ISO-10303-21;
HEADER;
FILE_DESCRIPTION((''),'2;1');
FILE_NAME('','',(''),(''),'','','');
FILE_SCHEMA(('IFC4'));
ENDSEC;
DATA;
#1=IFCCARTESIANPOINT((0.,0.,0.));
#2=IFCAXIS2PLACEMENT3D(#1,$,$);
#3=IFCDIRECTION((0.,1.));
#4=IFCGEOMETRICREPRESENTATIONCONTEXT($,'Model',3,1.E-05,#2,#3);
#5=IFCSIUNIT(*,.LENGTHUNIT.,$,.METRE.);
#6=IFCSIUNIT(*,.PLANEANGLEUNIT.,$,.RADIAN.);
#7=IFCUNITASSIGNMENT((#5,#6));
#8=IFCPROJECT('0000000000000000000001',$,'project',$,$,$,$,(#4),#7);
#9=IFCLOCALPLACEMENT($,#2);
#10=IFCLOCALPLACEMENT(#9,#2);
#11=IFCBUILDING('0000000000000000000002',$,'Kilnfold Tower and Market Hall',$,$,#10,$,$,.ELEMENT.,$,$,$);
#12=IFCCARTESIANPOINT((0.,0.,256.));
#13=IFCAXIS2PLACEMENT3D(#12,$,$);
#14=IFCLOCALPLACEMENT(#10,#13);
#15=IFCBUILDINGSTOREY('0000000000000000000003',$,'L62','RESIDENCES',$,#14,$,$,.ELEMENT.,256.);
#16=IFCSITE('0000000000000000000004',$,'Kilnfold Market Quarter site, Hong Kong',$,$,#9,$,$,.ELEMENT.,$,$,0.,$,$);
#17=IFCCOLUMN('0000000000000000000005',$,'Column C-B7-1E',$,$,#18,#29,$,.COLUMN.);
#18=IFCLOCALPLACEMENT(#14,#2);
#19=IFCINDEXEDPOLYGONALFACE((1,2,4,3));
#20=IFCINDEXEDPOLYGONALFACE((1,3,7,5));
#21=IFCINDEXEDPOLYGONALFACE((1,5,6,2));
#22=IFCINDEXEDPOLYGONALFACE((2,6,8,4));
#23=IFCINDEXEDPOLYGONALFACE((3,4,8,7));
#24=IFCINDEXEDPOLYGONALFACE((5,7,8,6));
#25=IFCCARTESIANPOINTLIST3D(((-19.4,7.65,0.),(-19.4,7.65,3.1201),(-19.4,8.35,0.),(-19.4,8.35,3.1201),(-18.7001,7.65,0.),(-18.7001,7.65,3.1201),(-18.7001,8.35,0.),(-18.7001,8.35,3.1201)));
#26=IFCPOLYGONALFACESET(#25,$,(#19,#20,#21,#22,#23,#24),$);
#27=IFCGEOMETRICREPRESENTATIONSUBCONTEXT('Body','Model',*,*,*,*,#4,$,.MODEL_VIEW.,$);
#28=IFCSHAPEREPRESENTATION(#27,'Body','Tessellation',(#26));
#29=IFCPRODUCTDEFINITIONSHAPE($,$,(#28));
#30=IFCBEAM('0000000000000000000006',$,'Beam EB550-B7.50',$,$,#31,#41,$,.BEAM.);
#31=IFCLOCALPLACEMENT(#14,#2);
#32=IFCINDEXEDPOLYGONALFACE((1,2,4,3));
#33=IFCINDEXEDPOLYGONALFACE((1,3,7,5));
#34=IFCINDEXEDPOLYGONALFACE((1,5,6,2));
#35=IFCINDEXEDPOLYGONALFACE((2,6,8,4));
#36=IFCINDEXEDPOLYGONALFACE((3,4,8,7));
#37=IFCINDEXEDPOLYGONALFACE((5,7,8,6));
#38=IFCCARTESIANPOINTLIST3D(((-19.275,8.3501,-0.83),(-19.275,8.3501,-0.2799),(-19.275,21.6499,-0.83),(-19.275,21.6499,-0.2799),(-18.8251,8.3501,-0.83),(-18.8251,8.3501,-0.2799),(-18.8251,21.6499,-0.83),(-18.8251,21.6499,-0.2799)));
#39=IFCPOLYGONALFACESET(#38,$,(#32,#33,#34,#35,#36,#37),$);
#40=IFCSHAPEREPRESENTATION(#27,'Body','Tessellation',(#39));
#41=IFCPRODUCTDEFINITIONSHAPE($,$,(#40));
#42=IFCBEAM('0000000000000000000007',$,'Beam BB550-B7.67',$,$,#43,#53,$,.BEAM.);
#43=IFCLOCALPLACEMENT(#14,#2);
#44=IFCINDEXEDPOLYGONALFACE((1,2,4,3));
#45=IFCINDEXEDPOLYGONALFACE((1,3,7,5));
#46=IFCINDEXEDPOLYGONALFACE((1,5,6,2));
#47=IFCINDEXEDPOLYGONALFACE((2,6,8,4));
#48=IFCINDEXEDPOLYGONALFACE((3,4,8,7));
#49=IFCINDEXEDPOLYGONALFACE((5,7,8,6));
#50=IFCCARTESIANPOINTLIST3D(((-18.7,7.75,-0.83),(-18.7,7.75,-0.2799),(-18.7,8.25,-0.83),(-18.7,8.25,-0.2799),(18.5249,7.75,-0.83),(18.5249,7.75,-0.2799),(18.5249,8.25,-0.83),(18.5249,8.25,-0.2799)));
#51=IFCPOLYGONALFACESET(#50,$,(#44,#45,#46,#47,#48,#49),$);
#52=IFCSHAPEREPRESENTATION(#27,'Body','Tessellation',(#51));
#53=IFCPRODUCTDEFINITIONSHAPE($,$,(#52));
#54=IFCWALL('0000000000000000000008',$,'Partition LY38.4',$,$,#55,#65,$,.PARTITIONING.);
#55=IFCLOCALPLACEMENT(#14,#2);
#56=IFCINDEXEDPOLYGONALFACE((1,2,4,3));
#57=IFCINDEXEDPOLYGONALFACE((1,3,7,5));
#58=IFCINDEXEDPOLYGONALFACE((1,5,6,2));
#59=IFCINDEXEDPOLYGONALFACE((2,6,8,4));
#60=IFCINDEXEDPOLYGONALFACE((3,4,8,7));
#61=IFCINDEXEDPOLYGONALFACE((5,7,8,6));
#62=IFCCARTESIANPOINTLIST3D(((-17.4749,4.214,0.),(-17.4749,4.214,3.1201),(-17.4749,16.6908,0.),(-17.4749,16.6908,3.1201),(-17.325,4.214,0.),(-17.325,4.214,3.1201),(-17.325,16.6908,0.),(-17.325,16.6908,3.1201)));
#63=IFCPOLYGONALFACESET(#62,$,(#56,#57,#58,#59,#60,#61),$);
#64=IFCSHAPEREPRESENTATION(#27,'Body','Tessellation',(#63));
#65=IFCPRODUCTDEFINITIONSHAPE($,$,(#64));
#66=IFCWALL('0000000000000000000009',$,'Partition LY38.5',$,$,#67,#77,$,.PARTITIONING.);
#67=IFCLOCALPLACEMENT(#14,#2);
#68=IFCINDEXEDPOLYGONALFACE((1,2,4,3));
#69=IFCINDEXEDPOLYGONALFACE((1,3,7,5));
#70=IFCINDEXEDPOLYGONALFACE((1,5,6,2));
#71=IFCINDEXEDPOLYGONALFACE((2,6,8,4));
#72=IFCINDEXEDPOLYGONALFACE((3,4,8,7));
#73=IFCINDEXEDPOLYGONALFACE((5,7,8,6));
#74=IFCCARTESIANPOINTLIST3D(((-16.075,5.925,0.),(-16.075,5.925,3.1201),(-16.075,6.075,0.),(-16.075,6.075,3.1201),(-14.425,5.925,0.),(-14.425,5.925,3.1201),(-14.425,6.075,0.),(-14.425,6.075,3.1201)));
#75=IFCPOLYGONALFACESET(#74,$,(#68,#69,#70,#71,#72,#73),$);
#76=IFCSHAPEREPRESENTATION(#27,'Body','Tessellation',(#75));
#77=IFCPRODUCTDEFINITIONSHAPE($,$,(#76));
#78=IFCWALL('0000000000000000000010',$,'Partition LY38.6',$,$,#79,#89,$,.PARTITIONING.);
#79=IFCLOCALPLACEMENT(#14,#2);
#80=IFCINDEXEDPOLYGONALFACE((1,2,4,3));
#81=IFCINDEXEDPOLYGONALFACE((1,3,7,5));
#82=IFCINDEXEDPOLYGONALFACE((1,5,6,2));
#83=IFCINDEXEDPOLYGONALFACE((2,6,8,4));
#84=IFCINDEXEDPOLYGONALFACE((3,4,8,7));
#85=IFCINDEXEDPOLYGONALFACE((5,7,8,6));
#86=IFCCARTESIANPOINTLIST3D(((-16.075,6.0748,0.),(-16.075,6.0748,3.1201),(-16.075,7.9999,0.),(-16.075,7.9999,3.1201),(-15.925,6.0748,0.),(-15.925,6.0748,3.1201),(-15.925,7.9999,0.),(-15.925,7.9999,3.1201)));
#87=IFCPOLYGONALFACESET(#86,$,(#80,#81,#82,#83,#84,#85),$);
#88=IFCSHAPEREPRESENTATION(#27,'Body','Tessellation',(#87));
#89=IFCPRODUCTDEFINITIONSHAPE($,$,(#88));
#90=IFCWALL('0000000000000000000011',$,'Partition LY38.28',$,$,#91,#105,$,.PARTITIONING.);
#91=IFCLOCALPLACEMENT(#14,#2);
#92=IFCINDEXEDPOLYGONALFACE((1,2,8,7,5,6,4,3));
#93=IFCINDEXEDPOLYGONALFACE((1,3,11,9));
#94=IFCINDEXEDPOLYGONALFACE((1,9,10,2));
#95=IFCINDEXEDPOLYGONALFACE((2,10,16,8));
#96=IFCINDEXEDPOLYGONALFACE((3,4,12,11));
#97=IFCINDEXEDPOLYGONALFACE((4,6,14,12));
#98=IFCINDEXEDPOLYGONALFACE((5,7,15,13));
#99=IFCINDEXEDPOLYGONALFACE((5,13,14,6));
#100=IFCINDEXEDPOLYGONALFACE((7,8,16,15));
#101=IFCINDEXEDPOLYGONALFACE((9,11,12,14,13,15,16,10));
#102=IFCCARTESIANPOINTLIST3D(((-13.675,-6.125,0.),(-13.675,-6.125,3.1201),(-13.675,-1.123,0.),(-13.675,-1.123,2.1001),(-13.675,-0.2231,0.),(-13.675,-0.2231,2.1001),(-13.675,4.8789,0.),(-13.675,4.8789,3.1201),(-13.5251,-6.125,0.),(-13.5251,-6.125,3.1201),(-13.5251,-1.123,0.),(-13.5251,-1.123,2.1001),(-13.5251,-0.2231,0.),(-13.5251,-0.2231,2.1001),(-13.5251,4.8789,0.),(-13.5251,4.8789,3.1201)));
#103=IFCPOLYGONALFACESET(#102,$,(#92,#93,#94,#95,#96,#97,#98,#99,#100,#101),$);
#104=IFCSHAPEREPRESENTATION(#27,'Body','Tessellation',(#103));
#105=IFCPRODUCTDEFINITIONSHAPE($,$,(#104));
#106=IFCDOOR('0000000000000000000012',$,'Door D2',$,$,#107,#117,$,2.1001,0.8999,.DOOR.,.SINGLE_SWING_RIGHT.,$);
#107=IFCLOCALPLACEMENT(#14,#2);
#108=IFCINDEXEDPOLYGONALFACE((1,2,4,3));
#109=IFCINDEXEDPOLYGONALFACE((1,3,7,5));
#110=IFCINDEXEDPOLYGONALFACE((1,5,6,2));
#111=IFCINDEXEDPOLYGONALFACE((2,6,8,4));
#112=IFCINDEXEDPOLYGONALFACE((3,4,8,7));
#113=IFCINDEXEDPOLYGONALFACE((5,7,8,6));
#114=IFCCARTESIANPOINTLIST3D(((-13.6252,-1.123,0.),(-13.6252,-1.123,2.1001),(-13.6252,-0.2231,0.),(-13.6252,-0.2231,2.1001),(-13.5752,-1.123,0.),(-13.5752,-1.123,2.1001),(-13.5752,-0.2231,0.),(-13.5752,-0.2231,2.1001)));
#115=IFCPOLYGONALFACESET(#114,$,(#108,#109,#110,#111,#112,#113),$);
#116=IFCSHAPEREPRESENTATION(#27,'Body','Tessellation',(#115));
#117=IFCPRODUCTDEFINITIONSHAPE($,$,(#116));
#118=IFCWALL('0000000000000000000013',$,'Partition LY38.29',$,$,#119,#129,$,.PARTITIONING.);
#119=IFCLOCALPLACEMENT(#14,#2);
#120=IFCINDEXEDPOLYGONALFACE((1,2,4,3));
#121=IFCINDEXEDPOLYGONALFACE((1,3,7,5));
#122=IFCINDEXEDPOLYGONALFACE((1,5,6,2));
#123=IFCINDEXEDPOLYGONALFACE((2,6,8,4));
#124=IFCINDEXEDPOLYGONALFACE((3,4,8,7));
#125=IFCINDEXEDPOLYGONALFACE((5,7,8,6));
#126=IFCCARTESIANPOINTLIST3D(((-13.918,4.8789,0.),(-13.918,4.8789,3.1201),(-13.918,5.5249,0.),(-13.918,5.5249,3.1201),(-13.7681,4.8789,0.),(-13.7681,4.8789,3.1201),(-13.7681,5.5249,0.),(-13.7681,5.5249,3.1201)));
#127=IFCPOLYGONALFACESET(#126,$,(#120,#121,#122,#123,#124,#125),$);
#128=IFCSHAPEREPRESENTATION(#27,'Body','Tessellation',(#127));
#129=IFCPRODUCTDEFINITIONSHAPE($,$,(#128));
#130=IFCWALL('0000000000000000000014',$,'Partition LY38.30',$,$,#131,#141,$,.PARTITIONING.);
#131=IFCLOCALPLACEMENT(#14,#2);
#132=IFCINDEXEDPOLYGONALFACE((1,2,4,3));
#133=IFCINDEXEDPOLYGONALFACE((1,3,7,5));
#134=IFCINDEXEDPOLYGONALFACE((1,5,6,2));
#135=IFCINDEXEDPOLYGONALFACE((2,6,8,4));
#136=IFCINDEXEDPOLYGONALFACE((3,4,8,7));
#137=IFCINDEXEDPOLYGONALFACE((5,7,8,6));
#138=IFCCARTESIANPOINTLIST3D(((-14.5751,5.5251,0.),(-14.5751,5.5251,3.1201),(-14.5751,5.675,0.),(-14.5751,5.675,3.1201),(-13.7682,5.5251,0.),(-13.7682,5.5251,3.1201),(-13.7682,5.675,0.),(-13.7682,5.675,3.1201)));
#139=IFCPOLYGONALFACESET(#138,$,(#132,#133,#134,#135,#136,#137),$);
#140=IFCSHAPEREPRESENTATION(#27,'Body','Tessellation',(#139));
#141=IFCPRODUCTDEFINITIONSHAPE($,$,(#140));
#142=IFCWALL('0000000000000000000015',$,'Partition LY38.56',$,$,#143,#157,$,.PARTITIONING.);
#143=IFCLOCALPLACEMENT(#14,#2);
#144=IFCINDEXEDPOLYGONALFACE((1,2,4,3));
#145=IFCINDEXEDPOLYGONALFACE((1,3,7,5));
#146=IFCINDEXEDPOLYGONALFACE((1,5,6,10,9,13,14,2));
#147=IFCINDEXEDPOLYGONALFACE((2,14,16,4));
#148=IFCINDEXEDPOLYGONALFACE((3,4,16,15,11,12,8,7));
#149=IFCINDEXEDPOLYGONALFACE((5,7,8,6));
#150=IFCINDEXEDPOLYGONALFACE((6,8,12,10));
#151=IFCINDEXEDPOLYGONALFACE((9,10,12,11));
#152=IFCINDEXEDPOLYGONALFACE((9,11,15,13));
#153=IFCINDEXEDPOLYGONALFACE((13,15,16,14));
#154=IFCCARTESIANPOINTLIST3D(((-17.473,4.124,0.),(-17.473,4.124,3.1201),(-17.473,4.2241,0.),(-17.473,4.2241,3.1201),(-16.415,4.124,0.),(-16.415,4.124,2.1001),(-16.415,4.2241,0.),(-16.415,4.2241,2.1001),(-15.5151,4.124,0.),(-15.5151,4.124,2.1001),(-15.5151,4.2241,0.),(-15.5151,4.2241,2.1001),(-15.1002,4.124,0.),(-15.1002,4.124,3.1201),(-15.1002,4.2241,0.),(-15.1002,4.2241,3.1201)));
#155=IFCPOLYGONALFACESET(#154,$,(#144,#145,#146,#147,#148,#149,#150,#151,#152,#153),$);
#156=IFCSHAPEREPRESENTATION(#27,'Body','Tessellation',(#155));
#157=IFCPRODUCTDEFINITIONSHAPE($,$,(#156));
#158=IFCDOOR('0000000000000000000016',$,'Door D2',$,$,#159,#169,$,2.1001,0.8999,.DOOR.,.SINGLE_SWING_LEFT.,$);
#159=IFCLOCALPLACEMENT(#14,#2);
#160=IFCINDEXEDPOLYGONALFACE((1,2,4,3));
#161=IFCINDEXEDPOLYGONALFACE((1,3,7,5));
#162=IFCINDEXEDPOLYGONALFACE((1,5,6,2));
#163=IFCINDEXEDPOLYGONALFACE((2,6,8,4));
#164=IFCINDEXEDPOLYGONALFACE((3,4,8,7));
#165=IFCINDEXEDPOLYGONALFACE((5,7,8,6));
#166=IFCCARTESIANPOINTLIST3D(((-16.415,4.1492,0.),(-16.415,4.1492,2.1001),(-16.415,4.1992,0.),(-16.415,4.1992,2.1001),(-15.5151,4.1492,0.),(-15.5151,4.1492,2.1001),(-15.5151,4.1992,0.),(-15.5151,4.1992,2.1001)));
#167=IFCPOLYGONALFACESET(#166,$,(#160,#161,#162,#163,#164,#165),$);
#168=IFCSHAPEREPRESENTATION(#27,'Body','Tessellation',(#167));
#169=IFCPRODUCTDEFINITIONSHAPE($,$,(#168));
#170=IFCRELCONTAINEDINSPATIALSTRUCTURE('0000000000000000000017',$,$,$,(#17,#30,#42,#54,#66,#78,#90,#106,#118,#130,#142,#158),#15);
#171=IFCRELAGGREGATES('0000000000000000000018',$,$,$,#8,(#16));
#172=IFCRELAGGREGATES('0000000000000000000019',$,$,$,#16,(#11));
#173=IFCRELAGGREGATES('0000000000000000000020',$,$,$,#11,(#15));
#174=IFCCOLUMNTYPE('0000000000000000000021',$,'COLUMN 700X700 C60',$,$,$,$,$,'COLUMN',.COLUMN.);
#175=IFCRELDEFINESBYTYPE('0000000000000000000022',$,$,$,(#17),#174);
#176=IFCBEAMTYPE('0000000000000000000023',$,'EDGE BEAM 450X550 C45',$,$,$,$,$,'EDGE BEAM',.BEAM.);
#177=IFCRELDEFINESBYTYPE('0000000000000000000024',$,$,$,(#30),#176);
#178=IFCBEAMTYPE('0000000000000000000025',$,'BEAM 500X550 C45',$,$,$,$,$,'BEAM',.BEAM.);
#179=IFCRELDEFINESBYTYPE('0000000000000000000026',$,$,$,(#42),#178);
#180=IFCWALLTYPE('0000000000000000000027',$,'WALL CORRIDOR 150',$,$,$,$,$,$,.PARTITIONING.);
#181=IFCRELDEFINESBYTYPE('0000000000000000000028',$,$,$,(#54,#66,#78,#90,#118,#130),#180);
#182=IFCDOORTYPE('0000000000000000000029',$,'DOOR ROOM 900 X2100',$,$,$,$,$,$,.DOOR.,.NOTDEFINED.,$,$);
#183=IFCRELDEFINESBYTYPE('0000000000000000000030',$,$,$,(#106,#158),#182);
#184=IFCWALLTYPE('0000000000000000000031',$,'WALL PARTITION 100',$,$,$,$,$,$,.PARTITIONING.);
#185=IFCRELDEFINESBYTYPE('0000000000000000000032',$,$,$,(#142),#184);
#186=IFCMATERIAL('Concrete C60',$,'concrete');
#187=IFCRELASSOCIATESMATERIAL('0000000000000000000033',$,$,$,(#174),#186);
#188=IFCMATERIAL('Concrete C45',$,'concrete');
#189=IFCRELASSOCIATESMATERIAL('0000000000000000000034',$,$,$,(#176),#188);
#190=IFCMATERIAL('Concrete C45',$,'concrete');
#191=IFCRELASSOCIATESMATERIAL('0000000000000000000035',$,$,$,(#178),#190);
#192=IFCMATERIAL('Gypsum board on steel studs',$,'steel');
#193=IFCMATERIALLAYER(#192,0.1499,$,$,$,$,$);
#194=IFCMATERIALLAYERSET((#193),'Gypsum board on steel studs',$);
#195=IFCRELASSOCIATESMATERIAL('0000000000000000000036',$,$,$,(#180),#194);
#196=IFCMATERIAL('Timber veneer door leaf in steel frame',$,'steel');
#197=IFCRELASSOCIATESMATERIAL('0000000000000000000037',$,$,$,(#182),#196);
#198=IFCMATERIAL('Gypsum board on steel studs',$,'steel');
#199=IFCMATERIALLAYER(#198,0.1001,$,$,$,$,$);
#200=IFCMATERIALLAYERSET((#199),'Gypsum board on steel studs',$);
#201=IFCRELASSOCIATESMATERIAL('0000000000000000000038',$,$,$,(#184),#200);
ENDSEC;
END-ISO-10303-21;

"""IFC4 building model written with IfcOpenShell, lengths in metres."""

from ifc_helpers import new_model, si_unit, direction, frame, frame_2d, origin, origin_2d, place, context, subcontext, project, spatial, rectangle, extrude, source, transform, mapped, material, layer, layer_set, material_profile, profile_set, type_object, element, fill, save


model = new_model("IFC4")

# Units and contexts
model_context = context("Model", 3, precision=1e-05, world=origin(), true_north=direction((0.0, 1.0)))
body_context = subcontext(model_context, "Body", "Model", "MODEL_VIEW")
ifc_project = project(units=[si_unit("LENGTHUNIT", "METRE"), si_unit("PLANEANGLEUNIT", "RADIAN")], contexts=[model_context])

# Site, building, storey
site_placement = place(None, origin())
site = spatial("IfcSite", under=ifc_project, at=site_placement, Name="Kilnfold Market Quarter site, Hong Kong", CompositionType="ELEMENT", RefElevation=0.0)
building_placement = place(site_placement, origin())
building = spatial("IfcBuilding", under=site, at=building_placement, Name="Kilnfold Tower and Market Hall", CompositionType="ELEMENT")
storey_placement = place(building_placement, frame((0.0, 0.0, 256.0)))
storey = spatial("IfcBuildingStorey", under=building, at=storey_placement, Name="L62", Description="RESIDENCES", CompositionType="ELEMENT", Elevation=256.0)

# Column
ifc_material_1 = material(Name="Concrete C60", Category="concrete")
ifc_material_profile_1 = material_profile(ifc_material_1, rectangle(XDim=0.7, YDim=0.7, at=origin_2d()), Name="RC 700x700")
ifc_profile_set_1 = profile_set([ifc_material_profile_1], Name="Concrete C60")
column_type = type_object("IfcColumnType", Name="COLUMN 700X700 C60", ElementType="COLUMN", PredefinedType="COLUMN", material=ifc_profile_set_1)
shared_shape_1 = source(origin(), body_context, "Body", "SweptSolid", [
    extrude(rectangle(XDim=0.7, YDim=0.7, at=origin_2d()), origin(), (0.0, 0.0, 1.0), 3.1201),
])
column_placement = place(storey_placement, frame((-19.05, 8.0, 0.0), z_axis=(0.0, 0.0, 1.0), x_axis=(1.0, 0.0, 0.0)))
element("IfcColumn", 1, at=column_placement, inside=storey, type_object=column_type, Name="Column C-B7-1E", PredefinedType="COLUMN", context=body_context, shape_type="MappedRepresentation", body=[
    mapped(shared_shape_1, transform((0.0, 0.0, 0.0))),
])

# Beams
ifc_material_2 = material(Name="Concrete C45", Category="concrete")
ifc_material_profile_2 = material_profile(ifc_material_2, rectangle(XDim=0.45, YDim=0.55, at=origin_2d()), Name="RC 450x550")
ifc_profile_set_2 = profile_set([ifc_material_profile_2], Name="Concrete C45")
beam_type_1 = type_object("IfcBeamType", Name="EDGE BEAM 450X550 C45", ElementType="EDGE BEAM", PredefinedType="BEAM", material=ifc_profile_set_2)
shared_shape_2 = source(origin(), body_context, "Body", "SweptSolid", [
    extrude(rectangle(XDim=0.45, YDim=0.55, at=origin_2d()), origin(), (0.0, 0.0, 1.0), 13.2998),
])
beam_1_placement = place(storey_placement, frame((-19.05, 8.3501, -0.5549), z_axis=(0.0, 1.0, 0.0), x_axis=(-1.0, 0.0, 0.0)))
element("IfcBeam", 2, at=beam_1_placement, inside=storey, type_object=beam_type_1, Name="Beam EB550-B7.50", PredefinedType="BEAM", context=body_context, shape_type="MappedRepresentation", body=[
    mapped(shared_shape_2, transform((0.0, 0.0, 0.0))),
])
ifc_material_3 = material(Name="Concrete C45", Category="concrete")
ifc_material_profile_3 = material_profile(ifc_material_3, rectangle(XDim=0.5, YDim=0.55, at=origin_2d()), Name="RC 500x550")
ifc_profile_set_3 = profile_set([ifc_material_profile_3], Name="Concrete C45")
beam_type_2 = type_object("IfcBeamType", Name="BEAM 500X550 C45", ElementType="BEAM", PredefinedType="BEAM", material=ifc_profile_set_3)
shared_shape_3 = source(origin(), body_context, "Body", "SweptSolid", [
    extrude(rectangle(XDim=0.5, YDim=0.55, at=origin_2d()), origin(), (0.0, 0.0, 1.0), 37.2249),
])
beam_2_placement = place(storey_placement, frame((-18.7, 8.0, -0.5549), z_axis=(1.0, 0.0, 0.0), x_axis=(0.0, 1.0, 0.0)))
element("IfcBeam", 3, at=beam_2_placement, inside=storey, type_object=beam_type_2, Name="Beam BB550-B7.67", PredefinedType="BEAM", context=body_context, shape_type="MappedRepresentation", body=[
    mapped(shared_shape_3, transform((0.0, 0.0, 0.0))),
])

# Walls
ifc_material_4 = material(Name="Gypsum board on steel studs", Category="steel")
ifc_layer_1 = layer(ifc_material_4, 0.1499)
ifc_layer_set_1 = layer_set([ifc_layer_1], Name="Gypsum board on steel studs")
wall_type_1 = type_object("IfcWallType", Name="WALL CORRIDOR 150", PredefinedType="PARTITIONING", material=ifc_layer_set_1)
wall_1_placement = place(storey_placement, frame((-17.3999, 4.2141, 0.0), z_axis=(0.0, 0.0, 1.0), x_axis=(0.0, 1.0, 0.0)))
element("IfcWall", 4, at=wall_1_placement, inside=storey, type_object=wall_type_1, Name="Partition LY38.4", PredefinedType="PARTITIONING", context=body_context, shape_type="SweptSolid", body=[
    extrude(rectangle(XDim=12.4768, YDim=0.1499, at=frame_2d((6.2383, 0.0))), origin(), (0.0, 0.0, 1.0), 3.1201),
])
wall_2_placement = place(storey_placement, frame((-16.075, 6.0, 0.0), z_axis=(0.0, 0.0, 1.0), x_axis=(1.0, 0.0, 0.0)))
element("IfcWall", 5, at=wall_2_placement, inside=storey, type_object=wall_type_1, Name="Partition LY38.5", PredefinedType="PARTITIONING", context=body_context, shape_type="SweptSolid", body=[
    extrude(rectangle(XDim=1.6499, YDim=0.1499, at=frame_2d((0.825, 0.0))), origin(), (0.0, 0.0, 1.0), 3.1201),
])
wall_3_placement = place(storey_placement, frame((-16.0, 6.075, 0.0), z_axis=(0.0, 0.0, 1.0), x_axis=(0.0, 1.0, 0.0)))
element("IfcWall", 6, at=wall_3_placement, inside=storey, type_object=wall_type_1, Name="Partition LY38.6", PredefinedType="PARTITIONING", context=body_context, shape_type="SweptSolid", body=[
    extrude(rectangle(XDim=1.925, YDim=0.1499, at=frame_2d((0.9624, 0.0))), origin(), (0.0, 0.0, 1.0), 3.1201),
])

# Wall, opening, door
wall_4_placement = place(storey_placement, frame((-13.6001, 4.8789, 0.0), z_axis=(0.0, 0.0, 1.0), x_axis=(0.0, -1.0, 0.0)))
wall_4 = element("IfcWall", 7, at=wall_4_placement, inside=storey, type_object=wall_type_1, Name="Partition LY38.28", PredefinedType="PARTITIONING", context=body_context, shape_type="SweptSolid", body=[
    extrude(rectangle(XDim=11.0039, YDim=0.1499, at=frame_2d((5.502, 0.0))), origin(), (0.0, 0.0, 1.0), 3.1201),
])
opening_1_placement = place(wall_4_placement, frame((5.1021, 0.0, 0.0)))
opening_1 = element("IfcOpeningElement", 8, at=opening_1_placement, cuts=wall_4, PredefinedType="OPENING", context=body_context, shape_type="SweptSolid", body=[
    extrude(rectangle(XDim=0.8999, YDim=2.1001, at=frame_2d((0.45, 1.05))), frame((0.0, 0.085, 0.0), z_axis=(0.0, -1.0, 0.0), x_axis=(1.0, 0.0, 0.0)), (0.0, 0.0, 1.0), 0.1699),
])
ifc_material_5 = material(Name="Timber veneer door leaf in steel frame", Category="steel")
door_type_1 = type_object("IfcDoorType", Name="DOOR ROOM 900 X2100", OperationType="NOTDEFINED", PredefinedType="DOOR", material=ifc_material_5)
door_1_placement = place(opening_1_placement, origin())
door_1 = element("IfcDoor", 9, at=door_1_placement, inside=storey, type_object=door_type_1, Name="Door D2", OperationType="SINGLE_SWING_RIGHT", OverallHeight=2.1001, OverallWidth=0.8999, PredefinedType="DOOR", context=body_context, shape_type="SweptSolid", body=[
    extrude(rectangle(XDim=0.8999, YDim=2.1001, at=frame_2d((0.45, 1.05))), frame((0.0, 0.0249, 0.0), z_axis=(0.0, -1.0, 0.0), x_axis=(1.0, 0.0, 0.0)), (0.0, 0.0, 1.0), 0.05),
])
fill(opening_1, door_1)

# Walls
wall_5_placement = place(storey_placement, frame((-13.843, 5.5249, 0.0), z_axis=(0.0, 0.0, 1.0), x_axis=(0.0, -1.0, 0.0)))
element("IfcWall", 10, at=wall_5_placement, inside=storey, type_object=wall_type_1, Name="Partition LY38.29", PredefinedType="PARTITIONING", context=body_context, shape_type="SweptSolid", body=[
    extrude(rectangle(XDim=0.646, YDim=0.1499, at=frame_2d((0.323, 0.0))), origin(), (0.0, 0.0, 1.0), 3.1201),
])
wall_6_placement = place(storey_placement, frame((-14.575, 5.6001, 0.0), z_axis=(0.0, 0.0, 1.0), x_axis=(1.0, 0.0, 0.0)))
element("IfcWall", 11, at=wall_6_placement, inside=storey, type_object=wall_type_1, Name="Partition LY38.30", PredefinedType="PARTITIONING", context=body_context, shape_type="SweptSolid", body=[
    extrude(rectangle(XDim=0.8069, YDim=0.1499, at=frame_2d((0.4033, 0.0))), origin(), (0.0, 0.0, 1.0), 3.1201),
])

# Wall, opening, door
ifc_material_6 = material(Name="Gypsum board on steel studs", Category="steel")
ifc_layer_2 = layer(ifc_material_6, 0.1001)
ifc_layer_set_2 = layer_set([ifc_layer_2], Name="Gypsum board on steel studs")
wall_type_2 = type_object("IfcWallType", Name="WALL PARTITION 100", PredefinedType="PARTITIONING", material=ifc_layer_set_2)
wall_7_placement = place(storey_placement, frame((-15.1001, 4.1741, 0.0), z_axis=(0.0, 0.0, 1.0), x_axis=(-1.0, 0.0, 0.0)))
wall_7 = element("IfcWall", 12, at=wall_7_placement, inside=storey, type_object=wall_type_2, Name="Partition LY38.56", PredefinedType="PARTITIONING", context=body_context, shape_type="SweptSolid", body=[
    extrude(rectangle(XDim=2.3728, YDim=0.1001, at=frame_2d((1.1865, 0.0))), origin(), (0.0, 0.0, 1.0), 3.1201),
])
opening_2_placement = place(wall_7_placement, frame((0.415, 0.0, 0.0)))
opening_2 = element("IfcOpeningElement", 13, at=opening_2_placement, cuts=wall_7, PredefinedType="OPENING", context=body_context, shape_type="SweptSolid", body=[
    extrude(rectangle(XDim=0.8999, YDim=2.1001, at=frame_2d((0.45, 1.05))), frame((0.0, 0.0601, 0.0), z_axis=(0.0, -1.0, 0.0), x_axis=(1.0, 0.0, 0.0)), (0.0, 0.0, 1.0), 0.1201),
])
door_2_placement = place(opening_2_placement, origin())
door_2 = element("IfcDoor", 14, at=door_2_placement, inside=storey, type_object=door_type_1, Name="Door D2", OperationType="SINGLE_SWING_LEFT", OverallHeight=2.1001, OverallWidth=0.8999, PredefinedType="DOOR", context=body_context, shape_type="SweptSolid", body=[
    extrude(rectangle(XDim=0.8999, YDim=2.1001, at=frame_2d((0.45, 1.05))), frame((0.0, 0.0249, 0.0), z_axis=(0.0, -1.0, 0.0), x_axis=(1.0, 0.0, 0.0)), (0.0, 0.0, 1.0), 0.05),
])
fill(opening_2, door_2)

save(model, "model.ifc")
